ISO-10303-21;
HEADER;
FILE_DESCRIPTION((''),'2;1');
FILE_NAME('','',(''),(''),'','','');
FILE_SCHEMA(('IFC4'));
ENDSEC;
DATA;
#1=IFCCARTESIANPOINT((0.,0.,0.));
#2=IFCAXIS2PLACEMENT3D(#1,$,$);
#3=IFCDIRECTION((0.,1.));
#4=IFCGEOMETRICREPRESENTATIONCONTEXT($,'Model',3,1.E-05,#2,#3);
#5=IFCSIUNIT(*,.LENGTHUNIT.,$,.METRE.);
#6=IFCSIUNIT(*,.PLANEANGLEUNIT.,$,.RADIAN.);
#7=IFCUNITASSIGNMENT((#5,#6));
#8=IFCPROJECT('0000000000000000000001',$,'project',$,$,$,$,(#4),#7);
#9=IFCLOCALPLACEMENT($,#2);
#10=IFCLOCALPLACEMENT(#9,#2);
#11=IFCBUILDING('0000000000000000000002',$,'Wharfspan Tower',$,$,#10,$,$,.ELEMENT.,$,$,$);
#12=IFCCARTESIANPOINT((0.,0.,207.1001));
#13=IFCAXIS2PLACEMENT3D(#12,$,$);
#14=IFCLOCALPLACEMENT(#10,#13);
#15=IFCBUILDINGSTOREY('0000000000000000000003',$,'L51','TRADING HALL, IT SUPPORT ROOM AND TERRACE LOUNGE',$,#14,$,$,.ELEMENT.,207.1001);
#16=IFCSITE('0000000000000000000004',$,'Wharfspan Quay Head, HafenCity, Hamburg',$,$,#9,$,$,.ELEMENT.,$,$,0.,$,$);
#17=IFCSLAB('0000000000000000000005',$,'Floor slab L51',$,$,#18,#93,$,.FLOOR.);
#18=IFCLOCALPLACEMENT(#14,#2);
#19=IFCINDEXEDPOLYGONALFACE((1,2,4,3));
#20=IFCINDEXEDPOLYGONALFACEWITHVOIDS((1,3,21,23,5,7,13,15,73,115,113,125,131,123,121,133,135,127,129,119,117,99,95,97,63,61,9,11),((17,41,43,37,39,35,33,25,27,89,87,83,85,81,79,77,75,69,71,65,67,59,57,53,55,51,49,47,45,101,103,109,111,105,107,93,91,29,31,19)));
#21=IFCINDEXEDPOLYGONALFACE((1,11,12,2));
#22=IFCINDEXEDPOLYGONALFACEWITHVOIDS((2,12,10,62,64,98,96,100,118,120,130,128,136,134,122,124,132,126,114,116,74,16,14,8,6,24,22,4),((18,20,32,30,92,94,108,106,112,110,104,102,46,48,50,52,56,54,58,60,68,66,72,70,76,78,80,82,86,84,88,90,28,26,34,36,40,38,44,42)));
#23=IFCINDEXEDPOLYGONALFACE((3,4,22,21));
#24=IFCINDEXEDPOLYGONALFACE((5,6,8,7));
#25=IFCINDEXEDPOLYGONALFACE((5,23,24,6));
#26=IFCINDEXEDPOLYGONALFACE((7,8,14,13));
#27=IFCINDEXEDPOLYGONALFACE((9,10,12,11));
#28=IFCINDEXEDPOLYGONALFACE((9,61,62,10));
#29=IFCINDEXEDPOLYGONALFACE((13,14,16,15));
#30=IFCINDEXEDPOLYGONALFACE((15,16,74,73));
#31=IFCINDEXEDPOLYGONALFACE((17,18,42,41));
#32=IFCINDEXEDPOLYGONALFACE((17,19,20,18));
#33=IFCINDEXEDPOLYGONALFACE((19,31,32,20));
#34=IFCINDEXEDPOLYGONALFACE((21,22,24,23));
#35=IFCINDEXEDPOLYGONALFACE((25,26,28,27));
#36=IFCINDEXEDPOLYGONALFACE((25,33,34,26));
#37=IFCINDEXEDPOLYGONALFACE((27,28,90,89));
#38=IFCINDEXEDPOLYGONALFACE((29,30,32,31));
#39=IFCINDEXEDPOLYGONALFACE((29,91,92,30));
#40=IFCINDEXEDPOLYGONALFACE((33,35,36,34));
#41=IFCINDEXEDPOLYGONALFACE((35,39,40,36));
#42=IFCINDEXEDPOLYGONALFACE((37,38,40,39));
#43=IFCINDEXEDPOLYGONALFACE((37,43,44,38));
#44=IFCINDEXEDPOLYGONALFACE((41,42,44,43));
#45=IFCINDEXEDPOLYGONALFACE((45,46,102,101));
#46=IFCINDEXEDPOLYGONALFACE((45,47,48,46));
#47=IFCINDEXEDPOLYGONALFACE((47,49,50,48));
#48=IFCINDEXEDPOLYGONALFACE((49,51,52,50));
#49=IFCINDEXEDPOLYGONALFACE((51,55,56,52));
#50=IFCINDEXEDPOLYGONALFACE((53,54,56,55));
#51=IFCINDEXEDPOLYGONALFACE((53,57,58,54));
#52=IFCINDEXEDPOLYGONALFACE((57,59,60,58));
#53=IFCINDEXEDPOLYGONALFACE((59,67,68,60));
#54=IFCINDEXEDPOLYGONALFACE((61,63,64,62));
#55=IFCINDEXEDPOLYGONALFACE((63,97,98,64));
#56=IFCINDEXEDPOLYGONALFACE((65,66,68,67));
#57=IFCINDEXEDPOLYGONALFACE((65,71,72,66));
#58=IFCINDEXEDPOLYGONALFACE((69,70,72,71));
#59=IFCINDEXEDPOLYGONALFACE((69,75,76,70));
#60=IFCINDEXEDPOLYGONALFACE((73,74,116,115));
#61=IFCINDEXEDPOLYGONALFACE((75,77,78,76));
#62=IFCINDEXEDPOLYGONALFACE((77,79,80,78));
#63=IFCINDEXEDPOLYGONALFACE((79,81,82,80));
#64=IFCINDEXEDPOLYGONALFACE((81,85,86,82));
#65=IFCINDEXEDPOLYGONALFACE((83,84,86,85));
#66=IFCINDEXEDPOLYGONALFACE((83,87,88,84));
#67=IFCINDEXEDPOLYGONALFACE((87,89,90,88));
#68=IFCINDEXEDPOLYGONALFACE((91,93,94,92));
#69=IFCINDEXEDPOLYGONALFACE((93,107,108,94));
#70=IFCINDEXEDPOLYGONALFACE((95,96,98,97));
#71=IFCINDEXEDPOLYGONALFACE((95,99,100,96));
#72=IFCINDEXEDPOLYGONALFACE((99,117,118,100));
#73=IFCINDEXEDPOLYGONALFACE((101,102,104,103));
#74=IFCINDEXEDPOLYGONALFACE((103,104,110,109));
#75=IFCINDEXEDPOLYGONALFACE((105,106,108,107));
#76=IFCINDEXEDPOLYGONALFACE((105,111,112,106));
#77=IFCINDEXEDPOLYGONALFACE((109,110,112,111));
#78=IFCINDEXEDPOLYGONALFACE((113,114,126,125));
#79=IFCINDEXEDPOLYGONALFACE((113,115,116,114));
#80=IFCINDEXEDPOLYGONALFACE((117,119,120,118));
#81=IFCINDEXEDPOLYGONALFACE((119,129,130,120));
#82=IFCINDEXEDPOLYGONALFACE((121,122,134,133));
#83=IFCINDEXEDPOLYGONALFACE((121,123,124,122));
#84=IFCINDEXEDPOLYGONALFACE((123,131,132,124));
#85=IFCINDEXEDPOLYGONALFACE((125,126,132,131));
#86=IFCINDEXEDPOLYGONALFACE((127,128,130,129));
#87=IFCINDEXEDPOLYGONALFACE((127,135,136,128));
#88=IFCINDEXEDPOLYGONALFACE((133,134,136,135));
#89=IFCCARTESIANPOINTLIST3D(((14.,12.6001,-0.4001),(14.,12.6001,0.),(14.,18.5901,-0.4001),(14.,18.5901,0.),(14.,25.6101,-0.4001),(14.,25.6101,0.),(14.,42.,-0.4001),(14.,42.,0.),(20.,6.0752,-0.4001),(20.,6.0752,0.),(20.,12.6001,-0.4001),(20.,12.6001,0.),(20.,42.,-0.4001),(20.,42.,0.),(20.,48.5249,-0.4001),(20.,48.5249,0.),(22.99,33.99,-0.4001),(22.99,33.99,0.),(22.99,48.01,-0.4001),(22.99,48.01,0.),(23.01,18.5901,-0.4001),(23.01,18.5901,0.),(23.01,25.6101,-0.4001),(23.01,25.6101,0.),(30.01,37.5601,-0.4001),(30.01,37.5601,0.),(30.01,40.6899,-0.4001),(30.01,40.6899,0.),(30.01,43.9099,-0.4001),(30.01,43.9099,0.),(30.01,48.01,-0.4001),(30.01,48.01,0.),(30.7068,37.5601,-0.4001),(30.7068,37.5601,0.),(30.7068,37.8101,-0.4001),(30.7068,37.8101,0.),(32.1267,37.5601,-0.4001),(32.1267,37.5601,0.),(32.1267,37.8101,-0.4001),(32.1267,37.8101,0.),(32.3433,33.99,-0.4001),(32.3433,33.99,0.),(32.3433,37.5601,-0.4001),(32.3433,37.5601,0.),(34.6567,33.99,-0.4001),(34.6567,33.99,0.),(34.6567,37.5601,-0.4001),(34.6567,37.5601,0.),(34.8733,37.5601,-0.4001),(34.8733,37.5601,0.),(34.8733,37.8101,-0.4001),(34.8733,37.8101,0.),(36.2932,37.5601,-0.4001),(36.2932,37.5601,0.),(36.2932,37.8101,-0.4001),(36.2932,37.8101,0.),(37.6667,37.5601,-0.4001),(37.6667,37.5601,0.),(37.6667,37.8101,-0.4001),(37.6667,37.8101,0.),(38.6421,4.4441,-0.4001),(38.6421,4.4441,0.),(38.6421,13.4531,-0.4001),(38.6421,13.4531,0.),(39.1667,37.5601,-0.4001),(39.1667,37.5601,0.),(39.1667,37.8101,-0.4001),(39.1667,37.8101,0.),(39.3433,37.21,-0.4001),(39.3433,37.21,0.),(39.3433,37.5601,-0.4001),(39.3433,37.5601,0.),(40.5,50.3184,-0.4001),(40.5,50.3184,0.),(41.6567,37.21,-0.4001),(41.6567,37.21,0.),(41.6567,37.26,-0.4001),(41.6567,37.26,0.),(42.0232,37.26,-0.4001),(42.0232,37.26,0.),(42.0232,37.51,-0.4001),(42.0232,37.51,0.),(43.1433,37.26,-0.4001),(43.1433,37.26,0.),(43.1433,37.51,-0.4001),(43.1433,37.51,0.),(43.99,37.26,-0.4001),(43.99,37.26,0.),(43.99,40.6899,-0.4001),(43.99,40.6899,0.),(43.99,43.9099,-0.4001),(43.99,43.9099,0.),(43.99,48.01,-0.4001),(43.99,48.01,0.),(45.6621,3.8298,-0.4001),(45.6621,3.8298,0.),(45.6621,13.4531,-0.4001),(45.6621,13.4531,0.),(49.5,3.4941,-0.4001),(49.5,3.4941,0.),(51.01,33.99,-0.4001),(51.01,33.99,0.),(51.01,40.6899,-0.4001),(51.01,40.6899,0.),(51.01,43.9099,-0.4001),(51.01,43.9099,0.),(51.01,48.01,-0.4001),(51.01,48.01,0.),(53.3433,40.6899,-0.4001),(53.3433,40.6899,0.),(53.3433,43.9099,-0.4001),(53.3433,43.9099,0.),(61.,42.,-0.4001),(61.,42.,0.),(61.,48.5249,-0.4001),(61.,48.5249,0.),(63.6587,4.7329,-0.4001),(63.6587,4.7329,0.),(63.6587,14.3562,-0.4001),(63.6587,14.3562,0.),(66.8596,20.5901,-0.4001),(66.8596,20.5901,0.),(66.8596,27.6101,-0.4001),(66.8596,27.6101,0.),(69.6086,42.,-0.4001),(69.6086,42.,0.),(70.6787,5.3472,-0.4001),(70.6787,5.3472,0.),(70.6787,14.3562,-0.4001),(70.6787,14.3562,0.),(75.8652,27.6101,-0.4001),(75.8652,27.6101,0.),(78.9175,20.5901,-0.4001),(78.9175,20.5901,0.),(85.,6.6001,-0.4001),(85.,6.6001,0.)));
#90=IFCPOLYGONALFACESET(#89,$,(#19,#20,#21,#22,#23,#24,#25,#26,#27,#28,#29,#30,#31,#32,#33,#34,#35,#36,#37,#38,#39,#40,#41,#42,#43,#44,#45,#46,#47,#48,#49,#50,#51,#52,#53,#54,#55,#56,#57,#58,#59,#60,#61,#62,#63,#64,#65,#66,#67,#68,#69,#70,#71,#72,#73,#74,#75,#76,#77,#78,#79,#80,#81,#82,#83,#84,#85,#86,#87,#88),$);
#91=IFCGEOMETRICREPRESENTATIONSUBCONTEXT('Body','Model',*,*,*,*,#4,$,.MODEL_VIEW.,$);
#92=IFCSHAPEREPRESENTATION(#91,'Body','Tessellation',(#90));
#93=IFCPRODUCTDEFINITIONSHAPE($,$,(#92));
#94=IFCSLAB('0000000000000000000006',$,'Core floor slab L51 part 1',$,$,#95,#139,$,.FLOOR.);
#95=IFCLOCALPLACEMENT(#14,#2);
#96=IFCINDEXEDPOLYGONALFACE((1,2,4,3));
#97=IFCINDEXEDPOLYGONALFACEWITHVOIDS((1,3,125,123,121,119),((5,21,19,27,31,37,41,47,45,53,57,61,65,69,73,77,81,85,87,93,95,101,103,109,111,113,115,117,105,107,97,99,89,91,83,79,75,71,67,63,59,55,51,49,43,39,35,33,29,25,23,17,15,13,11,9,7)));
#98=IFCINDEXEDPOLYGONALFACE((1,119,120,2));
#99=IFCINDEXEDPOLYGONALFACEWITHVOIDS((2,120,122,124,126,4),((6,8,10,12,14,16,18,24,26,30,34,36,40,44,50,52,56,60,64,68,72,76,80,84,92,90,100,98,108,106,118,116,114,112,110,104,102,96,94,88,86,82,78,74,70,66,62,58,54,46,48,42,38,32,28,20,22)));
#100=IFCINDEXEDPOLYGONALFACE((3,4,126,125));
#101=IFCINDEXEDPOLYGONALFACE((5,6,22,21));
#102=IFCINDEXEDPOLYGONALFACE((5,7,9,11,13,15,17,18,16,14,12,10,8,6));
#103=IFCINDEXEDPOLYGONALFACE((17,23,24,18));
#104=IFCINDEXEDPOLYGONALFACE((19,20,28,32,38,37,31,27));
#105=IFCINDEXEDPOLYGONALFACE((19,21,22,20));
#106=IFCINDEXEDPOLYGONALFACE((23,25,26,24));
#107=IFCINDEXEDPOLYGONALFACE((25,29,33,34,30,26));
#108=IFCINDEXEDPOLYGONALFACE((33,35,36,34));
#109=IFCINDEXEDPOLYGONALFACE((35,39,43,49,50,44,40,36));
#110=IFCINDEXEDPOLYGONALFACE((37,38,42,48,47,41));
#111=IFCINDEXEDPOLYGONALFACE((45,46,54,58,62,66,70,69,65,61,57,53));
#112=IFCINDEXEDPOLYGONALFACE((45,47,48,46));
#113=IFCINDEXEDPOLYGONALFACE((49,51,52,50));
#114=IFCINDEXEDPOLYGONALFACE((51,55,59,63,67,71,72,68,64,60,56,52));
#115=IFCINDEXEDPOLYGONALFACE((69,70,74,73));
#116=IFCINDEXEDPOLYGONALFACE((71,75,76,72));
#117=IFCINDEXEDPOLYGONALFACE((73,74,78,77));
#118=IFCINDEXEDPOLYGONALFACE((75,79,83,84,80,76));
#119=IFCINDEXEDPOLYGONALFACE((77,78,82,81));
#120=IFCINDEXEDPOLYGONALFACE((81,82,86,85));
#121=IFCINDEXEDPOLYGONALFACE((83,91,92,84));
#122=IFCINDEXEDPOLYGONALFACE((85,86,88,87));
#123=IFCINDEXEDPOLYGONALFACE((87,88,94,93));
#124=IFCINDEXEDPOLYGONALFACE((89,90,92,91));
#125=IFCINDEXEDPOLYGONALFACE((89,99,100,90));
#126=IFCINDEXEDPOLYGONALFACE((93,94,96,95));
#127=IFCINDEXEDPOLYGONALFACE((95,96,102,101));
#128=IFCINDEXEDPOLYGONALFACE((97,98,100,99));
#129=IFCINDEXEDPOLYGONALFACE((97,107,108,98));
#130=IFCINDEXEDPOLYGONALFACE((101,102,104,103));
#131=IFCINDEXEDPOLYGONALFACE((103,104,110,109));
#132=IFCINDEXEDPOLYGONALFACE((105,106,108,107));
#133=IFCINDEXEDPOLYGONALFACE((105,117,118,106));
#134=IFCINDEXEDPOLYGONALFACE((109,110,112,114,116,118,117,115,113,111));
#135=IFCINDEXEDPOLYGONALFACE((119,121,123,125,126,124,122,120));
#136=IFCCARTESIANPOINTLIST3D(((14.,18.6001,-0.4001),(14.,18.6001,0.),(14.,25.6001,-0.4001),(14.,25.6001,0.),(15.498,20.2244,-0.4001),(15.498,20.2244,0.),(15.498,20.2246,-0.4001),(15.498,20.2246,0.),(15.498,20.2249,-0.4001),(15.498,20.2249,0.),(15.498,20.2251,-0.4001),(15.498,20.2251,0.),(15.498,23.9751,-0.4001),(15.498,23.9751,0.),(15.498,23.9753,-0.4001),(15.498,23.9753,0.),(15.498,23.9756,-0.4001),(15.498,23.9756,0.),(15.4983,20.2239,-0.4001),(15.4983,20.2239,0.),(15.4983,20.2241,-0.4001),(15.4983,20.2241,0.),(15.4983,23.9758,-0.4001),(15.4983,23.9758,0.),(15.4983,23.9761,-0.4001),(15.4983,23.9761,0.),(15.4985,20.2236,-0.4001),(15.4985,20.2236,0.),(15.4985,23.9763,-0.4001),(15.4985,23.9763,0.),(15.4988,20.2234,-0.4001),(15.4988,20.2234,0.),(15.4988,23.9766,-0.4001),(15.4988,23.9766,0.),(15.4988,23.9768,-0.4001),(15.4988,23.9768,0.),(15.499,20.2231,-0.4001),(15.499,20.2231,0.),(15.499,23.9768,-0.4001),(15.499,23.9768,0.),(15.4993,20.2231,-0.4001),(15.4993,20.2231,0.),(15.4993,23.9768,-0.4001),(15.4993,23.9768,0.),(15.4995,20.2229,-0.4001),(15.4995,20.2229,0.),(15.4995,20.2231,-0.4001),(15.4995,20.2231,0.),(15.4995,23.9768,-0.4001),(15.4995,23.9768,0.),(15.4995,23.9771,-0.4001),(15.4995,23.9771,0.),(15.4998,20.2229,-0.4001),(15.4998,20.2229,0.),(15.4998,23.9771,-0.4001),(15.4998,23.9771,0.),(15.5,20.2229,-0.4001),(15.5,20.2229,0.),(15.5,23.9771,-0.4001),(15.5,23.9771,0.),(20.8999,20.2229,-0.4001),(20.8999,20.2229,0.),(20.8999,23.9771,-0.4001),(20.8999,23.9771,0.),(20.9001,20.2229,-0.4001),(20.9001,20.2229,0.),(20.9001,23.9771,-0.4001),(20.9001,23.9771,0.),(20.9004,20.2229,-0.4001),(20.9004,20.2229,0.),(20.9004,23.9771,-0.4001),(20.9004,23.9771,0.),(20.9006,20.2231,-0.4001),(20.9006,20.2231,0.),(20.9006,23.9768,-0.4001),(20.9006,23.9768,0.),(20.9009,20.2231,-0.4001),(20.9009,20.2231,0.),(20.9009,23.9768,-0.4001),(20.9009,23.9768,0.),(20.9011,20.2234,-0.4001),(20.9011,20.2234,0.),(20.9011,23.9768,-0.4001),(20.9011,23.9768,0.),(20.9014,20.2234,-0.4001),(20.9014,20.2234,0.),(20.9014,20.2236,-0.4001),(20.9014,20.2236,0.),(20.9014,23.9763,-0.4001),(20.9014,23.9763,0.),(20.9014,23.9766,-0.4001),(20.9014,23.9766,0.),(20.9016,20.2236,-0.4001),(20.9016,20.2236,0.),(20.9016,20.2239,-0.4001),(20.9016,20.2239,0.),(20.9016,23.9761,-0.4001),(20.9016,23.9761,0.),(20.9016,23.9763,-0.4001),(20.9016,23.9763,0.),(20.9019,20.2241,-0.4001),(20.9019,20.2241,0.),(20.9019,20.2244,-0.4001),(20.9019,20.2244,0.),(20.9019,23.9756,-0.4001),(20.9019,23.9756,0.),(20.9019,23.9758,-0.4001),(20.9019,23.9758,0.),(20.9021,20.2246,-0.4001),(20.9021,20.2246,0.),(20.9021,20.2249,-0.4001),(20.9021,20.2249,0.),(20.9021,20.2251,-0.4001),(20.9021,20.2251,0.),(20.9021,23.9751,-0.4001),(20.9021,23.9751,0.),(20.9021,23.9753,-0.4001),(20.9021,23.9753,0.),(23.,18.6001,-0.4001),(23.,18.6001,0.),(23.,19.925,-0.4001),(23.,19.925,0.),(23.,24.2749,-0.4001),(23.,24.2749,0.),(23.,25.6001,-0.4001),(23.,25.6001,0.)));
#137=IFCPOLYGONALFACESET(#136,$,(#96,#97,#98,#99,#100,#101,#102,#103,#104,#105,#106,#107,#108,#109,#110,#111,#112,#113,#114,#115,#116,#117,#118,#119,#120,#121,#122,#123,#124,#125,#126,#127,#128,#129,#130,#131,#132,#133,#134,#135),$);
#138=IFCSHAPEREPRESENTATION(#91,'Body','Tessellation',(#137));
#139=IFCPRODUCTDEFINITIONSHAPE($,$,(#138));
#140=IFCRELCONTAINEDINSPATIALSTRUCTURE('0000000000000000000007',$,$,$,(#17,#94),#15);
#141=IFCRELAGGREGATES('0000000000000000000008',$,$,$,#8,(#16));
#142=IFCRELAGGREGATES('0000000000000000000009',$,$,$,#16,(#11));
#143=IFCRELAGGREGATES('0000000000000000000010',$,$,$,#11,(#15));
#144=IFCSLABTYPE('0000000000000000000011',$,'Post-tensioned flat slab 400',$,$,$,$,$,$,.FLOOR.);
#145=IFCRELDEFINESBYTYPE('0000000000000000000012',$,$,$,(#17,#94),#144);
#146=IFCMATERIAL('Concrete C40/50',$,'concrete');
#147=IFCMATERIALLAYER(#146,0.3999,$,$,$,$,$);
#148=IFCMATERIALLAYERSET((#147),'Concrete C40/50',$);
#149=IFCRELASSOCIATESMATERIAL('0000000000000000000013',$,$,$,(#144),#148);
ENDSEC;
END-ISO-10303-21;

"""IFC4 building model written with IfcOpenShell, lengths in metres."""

from ifc_helpers import new_model, si_unit, direction, frame, origin, place, context, subcontext, project, spatial, polyline, outline, extrude, material, layer, layer_set, type_object, element, save


model = new_model("IFC4")

# Units and contexts
model_context = context("Model", 3, precision=1e-05, world=origin(), true_north=direction((0.0, 1.0)))
body_context = subcontext(model_context, "Body", "Model", "MODEL_VIEW")
ifc_project = project(units=[si_unit("LENGTHUNIT", "METRE"), si_unit("PLANEANGLEUNIT", "RADIAN")], contexts=[model_context])

# Site, building, storey
site_placement = place(None, origin())
site = spatial("IfcSite", under=ifc_project, at=site_placement, Name="Wharfspan Quay Head, HafenCity, Hamburg", CompositionType="ELEMENT", RefElevation=0.0)
building_placement = place(site_placement, origin())
building = spatial("IfcBuilding", under=site, at=building_placement, Name="Wharfspan Tower", CompositionType="ELEMENT")
storey_placement = place(building_placement, frame((0.0, 0.0, 207.1001)))
storey = spatial("IfcBuildingStorey", under=building, at=storey_placement, Name="L51", Description="TRADING HALL, IT SUPPORT ROOM AND TERRACE LOUNGE", CompositionType="ELEMENT", Elevation=207.1001)

# Slabs
ifc_material_1 = material(Name="Concrete C40/50", Category="concrete")
ifc_layer_1 = layer(ifc_material_1, 0.3999)
ifc_layer_set_1 = layer_set([ifc_layer_1], Name="Concrete C40/50")
slab_type_1 = type_object("IfcSlabType", Name="Post-tensioned flat slab 400", PredefinedType="FLOOR", material=ifc_layer_set_1)
slab_1_placement = place(storey_placement, frame((0.0, 0.0, -0.4001)))
element("IfcSlab", 1, at=slab_1_placement, inside=storey, type_object=slab_type_1, Name="Floor slab L51", PredefinedType="FLOOR", context=body_context, shape_type="SweptSolid", body=[
    extrude(outline(polyline([(38.6421, 4.4441), (38.6421, 13.4531), (45.6621, 13.4531), (45.6621, 3.8298), (49.5, 3.4941), (63.6587, 4.7329), (63.6587, 14.3562), (70.6787, 14.3562), (70.6787, 5.3472), (85.0, 6.6001), (78.9175, 20.5901), (66.8596, 20.5901), (66.8596, 27.6101), (75.8652, 27.6101), (69.6086, 42.0), (61.0, 42.0), (61.0, 48.5249), (40.5, 50.3184), (20.0, 48.5249), (20.0, 42.0), (14.0, 42.0), (14.0, 25.6101), (23.01, 25.6101), (23.01, 18.5901), (14.0, 18.5901), (14.0, 12.6001), (20.0, 12.6001), (20.0, 6.0752), (38.6421, 4.4441)]), holes=[polyline([(32.1267, 37.5601), (32.3433, 37.5601), (32.3433, 33.99), (22.99, 33.99), (22.99, 48.01), (30.01, 48.01), (30.01, 43.9099), (43.99, 43.9099), (43.99, 48.01), (51.01, 48.01), (51.01, 43.9099), (53.3433, 43.9099), (53.3433, 40.6899), (51.01, 40.6899), (51.01, 33.99), (34.6567, 33.99), (34.6567, 37.5601), (34.8733, 37.5601), (34.8733, 37.8101), (36.2932, 37.8101), (36.2932, 37.5601), (37.6667, 37.5601), (37.6667, 37.8101), (39.1667, 37.8101), (39.1667, 37.5601), (39.3433, 37.5601), (39.3433, 37.21), (41.6567, 37.21), (41.6567, 37.26), (42.0232, 37.26), (42.0232, 37.51), (43.1433, 37.51), (43.1433, 37.26), (43.99, 37.26), (43.99, 40.6899), (30.01, 40.6899), (30.01, 37.5601), (30.7068, 37.5601), (30.7068, 37.8101), (32.1267, 37.8101), (32.1267, 37.5601)])]), origin(), (0.0, 0.0, 1.0), 0.4001),
])
slab_2_placement = place(storey_placement, frame((0.0, 0.0, -0.4001)))
element("IfcSlab", 2, at=slab_2_placement, inside=storey, type_object=slab_type_1, Name="Core floor slab L51 part 1", PredefinedType="FLOOR", context=body_context, shape_type="SweptSolid", body=[
    extrude(outline(polyline([(23.0, 19.925), (23.0, 24.2749), (23.0, 25.6001), (14.0, 25.6001), (14.0, 18.6001), (23.0, 18.6001), (23.0, 19.925)]), holes=[polyline([(20.8999, 23.9771), (20.9001, 23.9771), (20.9004, 23.9771), (20.9006, 23.9768), (20.9009, 23.9768), (20.9009, 23.9768), (20.9011, 23.9768), (20.9014, 23.9766), (20.9014, 23.9763), (20.9016, 23.9763), (20.9016, 23.9761), (20.9019, 23.9758), (20.9019, 23.9758), (20.9019, 23.9756), (20.9021, 23.9753), (20.9021, 23.9751), (20.9021, 23.9751), (20.9021, 20.2251), (20.9021, 20.2249), (20.9021, 20.2246), (20.9019, 20.2244), (20.9019, 20.2241), (20.9019, 20.2241), (20.9016, 20.2239), (20.9016, 20.2236), (20.9014, 20.2236), (20.9014, 20.2234), (20.9011, 20.2234), (20.9009, 20.2231), (20.9009, 20.2231), (20.9006, 20.2231), (20.9004, 20.2229), (20.9001, 20.2229), (20.8999, 20.2229), (15.5, 20.2229), (15.4998, 20.2229), (15.4995, 20.2229), (15.4995, 20.2231), (15.4993, 20.2231), (15.499, 20.2231), (15.4988, 20.2234), (15.4988, 20.2234), (15.4985, 20.2236), (15.4985, 20.2236), (15.4983, 20.2239), (15.4983, 20.2241), (15.4983, 20.2241), (15.498, 20.2244), (15.498, 20.2246), (15.498, 20.2249), (15.498, 20.2251), (15.498, 23.9751), (15.498, 23.9751), (15.498, 23.9753), (15.498, 23.9756), (15.4983, 23.9758), (15.4983, 23.9758), (15.4983, 23.9761), (15.4985, 23.9763), (15.4985, 23.9763), (15.4988, 23.9766), (15.4988, 23.9768), (15.499, 23.9768), (15.4993, 23.9768), (15.4995, 23.9768), (15.4995, 23.9771), (15.4998, 23.9771), (15.5, 23.9771), (20.8999, 23.9771)])]), origin(), (0.0, 0.0, 1.0), 0.4001),
])

save(model, "model.ifc")
